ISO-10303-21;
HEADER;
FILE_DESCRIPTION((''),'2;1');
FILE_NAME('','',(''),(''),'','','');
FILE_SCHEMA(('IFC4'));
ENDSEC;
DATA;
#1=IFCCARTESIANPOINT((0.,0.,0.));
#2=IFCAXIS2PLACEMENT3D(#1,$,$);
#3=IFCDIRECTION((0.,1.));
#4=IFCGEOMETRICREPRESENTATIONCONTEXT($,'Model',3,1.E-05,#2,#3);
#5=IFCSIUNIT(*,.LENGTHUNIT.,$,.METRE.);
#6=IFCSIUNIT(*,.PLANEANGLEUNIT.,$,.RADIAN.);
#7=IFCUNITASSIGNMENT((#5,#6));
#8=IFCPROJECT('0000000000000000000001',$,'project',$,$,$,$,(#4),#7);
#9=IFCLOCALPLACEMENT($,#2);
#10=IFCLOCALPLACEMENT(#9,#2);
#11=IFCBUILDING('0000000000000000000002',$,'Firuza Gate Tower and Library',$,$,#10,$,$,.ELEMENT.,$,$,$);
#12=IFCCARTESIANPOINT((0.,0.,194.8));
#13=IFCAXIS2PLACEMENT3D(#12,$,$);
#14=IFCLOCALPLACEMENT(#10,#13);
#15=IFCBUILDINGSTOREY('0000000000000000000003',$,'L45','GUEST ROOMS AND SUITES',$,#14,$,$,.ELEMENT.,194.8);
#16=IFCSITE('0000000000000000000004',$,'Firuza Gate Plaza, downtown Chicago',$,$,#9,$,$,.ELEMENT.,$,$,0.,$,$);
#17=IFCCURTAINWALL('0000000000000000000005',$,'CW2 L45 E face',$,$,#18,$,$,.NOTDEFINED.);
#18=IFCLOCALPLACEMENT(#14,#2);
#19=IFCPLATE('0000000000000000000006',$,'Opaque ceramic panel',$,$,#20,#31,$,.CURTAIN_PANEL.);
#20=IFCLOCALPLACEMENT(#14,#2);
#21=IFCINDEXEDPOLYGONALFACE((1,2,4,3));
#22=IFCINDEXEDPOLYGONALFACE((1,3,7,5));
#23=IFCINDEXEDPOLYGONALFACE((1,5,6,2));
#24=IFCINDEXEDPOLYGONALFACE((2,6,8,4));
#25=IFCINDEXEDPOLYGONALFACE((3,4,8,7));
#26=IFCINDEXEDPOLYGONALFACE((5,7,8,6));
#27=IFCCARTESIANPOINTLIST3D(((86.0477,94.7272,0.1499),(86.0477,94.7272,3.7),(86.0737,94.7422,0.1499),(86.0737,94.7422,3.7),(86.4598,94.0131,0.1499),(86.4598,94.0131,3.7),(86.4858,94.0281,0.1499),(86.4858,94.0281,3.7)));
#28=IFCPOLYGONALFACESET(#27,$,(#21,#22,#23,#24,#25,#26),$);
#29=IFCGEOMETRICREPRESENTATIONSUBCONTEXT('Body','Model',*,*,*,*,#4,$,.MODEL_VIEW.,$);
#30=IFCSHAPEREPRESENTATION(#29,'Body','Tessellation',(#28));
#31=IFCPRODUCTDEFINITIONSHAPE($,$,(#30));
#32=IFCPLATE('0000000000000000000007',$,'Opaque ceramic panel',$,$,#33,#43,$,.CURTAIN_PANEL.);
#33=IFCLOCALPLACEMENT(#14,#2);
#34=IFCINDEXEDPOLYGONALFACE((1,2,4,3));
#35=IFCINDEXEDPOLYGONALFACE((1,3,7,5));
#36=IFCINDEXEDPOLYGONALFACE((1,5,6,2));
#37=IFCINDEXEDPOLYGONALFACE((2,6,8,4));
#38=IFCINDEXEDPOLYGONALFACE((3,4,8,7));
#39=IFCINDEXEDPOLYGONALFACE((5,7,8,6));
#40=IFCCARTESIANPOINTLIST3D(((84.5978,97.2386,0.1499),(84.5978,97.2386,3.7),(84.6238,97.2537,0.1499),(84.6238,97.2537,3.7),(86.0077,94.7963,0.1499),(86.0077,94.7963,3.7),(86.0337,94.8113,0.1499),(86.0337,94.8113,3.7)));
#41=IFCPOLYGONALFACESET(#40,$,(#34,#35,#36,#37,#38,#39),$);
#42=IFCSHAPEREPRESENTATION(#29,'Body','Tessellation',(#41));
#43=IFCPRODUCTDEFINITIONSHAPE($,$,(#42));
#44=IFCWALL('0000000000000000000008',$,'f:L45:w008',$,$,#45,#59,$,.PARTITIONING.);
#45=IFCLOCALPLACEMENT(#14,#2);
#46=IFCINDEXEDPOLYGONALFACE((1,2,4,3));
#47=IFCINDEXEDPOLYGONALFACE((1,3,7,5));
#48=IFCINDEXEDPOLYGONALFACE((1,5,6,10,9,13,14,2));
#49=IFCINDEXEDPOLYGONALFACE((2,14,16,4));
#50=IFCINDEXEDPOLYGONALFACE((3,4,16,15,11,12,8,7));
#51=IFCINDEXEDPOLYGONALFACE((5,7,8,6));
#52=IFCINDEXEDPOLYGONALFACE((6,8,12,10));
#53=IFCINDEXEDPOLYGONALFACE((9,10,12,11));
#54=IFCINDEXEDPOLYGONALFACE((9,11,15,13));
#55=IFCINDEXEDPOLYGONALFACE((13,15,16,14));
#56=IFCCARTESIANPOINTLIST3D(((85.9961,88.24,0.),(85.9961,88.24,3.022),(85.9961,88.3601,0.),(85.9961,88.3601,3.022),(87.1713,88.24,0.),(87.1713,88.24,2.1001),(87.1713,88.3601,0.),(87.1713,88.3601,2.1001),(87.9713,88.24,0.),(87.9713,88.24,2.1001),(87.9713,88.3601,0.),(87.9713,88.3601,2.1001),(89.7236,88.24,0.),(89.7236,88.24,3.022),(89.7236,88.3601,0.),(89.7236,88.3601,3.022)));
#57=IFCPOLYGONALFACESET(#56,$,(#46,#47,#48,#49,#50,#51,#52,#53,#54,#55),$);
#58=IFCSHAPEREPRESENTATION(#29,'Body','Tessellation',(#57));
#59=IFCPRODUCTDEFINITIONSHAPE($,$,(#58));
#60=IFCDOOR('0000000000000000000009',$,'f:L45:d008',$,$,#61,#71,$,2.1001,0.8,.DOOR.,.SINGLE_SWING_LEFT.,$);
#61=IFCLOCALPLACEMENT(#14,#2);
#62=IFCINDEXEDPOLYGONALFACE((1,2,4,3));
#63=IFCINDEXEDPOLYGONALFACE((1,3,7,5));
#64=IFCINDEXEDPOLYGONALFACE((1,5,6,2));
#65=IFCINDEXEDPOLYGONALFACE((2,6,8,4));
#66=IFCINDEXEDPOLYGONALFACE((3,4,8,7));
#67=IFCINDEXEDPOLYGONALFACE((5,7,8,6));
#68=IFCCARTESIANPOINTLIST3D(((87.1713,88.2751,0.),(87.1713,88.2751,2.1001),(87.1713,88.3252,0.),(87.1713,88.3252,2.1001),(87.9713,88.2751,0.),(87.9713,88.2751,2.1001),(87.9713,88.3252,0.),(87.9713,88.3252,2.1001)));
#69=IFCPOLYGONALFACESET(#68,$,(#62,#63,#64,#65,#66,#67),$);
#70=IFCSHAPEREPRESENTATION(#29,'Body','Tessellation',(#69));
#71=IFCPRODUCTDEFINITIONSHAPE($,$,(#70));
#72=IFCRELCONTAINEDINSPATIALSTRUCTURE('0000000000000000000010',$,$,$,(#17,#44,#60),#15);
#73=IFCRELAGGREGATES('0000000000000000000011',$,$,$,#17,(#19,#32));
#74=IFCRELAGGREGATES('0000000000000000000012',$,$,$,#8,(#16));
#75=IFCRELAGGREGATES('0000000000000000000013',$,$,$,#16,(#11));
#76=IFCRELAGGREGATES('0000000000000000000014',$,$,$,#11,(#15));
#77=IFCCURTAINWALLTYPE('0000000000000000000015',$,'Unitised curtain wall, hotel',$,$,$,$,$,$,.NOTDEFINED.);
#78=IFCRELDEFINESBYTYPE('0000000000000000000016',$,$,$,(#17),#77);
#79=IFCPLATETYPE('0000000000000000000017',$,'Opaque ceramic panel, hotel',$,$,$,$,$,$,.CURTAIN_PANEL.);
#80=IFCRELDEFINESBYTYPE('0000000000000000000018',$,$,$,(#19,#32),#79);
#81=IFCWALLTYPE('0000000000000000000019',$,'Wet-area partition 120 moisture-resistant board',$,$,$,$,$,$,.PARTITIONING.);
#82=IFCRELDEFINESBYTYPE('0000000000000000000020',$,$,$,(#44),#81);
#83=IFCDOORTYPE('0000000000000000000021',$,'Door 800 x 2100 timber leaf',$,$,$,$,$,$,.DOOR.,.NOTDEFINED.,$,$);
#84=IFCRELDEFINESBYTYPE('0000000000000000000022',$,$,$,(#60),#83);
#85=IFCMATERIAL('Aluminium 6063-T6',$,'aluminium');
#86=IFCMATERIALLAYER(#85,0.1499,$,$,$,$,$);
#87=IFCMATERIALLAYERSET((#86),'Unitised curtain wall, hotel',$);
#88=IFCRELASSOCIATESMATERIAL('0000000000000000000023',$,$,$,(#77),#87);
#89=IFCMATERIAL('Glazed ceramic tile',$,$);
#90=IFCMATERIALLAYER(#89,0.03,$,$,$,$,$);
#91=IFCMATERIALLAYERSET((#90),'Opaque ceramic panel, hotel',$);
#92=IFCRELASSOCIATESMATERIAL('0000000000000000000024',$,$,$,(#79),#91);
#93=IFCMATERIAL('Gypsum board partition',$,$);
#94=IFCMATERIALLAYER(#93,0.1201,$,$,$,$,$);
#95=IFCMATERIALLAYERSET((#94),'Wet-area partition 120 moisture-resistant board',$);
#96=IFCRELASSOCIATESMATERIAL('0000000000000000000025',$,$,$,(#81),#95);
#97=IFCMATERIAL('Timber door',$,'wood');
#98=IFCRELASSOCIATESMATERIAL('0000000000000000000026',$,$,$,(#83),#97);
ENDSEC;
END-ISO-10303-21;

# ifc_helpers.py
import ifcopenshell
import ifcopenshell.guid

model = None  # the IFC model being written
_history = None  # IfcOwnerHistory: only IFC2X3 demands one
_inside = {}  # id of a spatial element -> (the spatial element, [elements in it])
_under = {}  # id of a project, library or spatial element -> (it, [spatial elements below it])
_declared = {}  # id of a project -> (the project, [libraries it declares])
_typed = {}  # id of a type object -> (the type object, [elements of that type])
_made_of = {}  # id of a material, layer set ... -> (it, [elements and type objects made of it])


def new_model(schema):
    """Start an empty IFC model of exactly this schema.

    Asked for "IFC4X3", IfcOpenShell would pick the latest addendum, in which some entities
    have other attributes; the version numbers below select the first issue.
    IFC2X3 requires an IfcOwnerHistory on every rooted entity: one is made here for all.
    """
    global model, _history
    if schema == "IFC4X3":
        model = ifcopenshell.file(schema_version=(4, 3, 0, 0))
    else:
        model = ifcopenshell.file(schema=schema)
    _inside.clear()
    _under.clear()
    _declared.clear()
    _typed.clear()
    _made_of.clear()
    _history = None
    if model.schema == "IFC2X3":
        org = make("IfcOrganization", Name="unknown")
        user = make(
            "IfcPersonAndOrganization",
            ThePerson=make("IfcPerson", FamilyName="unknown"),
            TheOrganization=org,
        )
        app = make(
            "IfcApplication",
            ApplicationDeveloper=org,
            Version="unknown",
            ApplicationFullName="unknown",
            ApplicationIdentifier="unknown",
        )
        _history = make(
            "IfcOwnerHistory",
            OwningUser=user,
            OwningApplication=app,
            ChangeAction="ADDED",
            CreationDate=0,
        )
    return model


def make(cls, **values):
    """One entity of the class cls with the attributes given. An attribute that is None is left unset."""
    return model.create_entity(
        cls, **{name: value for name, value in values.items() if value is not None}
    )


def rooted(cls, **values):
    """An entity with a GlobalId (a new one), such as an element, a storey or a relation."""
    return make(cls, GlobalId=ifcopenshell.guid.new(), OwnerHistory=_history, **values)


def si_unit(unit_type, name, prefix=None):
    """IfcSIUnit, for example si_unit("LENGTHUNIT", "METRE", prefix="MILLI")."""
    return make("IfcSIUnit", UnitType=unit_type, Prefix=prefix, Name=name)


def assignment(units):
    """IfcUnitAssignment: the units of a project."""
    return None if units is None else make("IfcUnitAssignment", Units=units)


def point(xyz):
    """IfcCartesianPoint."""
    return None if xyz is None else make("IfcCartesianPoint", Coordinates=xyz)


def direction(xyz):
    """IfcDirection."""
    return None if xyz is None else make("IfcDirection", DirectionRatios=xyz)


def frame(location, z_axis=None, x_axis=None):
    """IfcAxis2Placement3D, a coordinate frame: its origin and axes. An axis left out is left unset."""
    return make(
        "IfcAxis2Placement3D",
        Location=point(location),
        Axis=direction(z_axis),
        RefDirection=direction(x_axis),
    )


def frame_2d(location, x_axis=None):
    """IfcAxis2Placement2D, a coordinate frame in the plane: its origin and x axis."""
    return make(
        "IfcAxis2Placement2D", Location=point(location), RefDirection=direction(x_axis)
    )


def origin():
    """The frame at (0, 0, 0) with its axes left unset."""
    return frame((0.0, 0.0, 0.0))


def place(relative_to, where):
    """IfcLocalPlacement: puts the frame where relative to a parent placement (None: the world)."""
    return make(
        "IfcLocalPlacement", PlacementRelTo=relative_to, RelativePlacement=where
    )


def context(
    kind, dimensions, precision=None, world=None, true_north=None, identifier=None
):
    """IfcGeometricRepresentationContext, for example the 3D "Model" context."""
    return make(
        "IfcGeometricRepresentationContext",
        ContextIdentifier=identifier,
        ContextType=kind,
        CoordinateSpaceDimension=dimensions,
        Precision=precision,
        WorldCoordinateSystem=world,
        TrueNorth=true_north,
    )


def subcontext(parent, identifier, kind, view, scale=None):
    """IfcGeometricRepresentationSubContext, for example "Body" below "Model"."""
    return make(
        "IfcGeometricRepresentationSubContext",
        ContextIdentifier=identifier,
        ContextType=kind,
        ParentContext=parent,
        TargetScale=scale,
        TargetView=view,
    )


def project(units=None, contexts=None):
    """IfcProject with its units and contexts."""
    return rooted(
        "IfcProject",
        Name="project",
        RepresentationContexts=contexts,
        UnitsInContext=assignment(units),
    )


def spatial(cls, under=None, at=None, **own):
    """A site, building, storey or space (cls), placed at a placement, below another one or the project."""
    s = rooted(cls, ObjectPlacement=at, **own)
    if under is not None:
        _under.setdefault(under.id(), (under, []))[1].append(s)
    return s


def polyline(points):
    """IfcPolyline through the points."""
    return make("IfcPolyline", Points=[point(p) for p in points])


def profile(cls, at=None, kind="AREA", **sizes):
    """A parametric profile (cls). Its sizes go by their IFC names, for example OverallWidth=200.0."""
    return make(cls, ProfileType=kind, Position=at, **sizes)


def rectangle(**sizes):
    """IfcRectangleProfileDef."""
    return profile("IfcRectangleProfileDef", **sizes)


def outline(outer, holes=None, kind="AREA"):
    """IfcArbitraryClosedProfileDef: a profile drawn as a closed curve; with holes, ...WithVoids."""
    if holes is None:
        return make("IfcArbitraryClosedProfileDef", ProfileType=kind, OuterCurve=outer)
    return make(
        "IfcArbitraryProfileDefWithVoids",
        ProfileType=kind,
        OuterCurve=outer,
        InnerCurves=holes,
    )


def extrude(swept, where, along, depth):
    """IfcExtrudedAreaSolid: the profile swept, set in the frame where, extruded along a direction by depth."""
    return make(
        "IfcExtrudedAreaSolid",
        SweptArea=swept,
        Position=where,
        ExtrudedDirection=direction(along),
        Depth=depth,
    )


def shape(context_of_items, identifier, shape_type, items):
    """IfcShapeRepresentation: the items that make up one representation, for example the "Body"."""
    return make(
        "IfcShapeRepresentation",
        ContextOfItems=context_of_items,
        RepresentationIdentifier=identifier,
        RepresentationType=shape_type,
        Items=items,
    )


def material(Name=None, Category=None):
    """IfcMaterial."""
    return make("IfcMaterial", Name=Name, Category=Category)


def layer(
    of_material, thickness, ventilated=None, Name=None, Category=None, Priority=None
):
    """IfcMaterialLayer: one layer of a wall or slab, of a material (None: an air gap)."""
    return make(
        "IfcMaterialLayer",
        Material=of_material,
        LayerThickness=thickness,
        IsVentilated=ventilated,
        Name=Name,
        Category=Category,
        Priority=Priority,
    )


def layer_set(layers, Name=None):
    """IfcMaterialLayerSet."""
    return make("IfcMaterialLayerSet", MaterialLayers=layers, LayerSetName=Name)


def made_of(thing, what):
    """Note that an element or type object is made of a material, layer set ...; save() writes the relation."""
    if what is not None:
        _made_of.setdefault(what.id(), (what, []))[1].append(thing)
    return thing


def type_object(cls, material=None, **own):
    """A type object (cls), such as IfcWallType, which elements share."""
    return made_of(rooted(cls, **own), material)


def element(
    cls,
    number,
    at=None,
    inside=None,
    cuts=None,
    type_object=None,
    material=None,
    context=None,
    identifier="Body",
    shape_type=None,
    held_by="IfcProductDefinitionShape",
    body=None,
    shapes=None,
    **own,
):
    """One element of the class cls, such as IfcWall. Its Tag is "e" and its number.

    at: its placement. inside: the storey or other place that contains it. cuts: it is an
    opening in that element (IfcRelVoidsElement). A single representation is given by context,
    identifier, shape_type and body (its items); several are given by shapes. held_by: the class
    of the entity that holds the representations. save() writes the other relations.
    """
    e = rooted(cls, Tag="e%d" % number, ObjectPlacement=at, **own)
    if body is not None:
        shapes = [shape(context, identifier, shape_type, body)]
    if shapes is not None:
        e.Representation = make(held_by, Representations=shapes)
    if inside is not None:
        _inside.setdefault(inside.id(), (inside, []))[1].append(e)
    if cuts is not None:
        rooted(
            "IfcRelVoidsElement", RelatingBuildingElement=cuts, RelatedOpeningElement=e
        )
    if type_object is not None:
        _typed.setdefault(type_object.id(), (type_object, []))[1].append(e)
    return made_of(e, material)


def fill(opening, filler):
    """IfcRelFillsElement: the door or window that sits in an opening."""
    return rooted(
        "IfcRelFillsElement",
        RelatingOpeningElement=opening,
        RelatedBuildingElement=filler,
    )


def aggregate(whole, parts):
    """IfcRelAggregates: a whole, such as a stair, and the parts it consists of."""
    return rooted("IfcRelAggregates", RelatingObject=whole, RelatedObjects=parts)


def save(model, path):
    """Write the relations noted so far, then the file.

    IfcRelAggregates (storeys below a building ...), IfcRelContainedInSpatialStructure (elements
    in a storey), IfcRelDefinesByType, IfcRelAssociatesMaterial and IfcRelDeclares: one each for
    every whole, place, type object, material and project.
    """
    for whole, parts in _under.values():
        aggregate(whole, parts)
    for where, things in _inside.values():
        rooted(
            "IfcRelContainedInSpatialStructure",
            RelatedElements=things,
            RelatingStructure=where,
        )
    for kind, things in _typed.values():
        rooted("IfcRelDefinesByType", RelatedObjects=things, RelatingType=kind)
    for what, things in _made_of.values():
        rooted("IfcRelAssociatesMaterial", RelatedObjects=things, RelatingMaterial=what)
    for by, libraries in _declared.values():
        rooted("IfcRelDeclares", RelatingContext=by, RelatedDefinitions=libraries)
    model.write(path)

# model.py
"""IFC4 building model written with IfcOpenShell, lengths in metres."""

from ifc_helpers import new_model, si_unit, direction, frame, frame_2d, origin, place, context, subcontext, project, spatial, polyline, rectangle, outline, extrude, material, layer, layer_set, type_object, element, fill, aggregate, save


model = new_model("IFC4")

# Units and contexts
model_context = context("Model", 3, precision=1e-05, world=origin(), true_north=direction((0.0, 1.0)))
body_context = subcontext(model_context, "Body", "Model", "MODEL_VIEW")
ifc_project = project(units=[si_unit("LENGTHUNIT", "METRE"), si_unit("PLANEANGLEUNIT", "RADIAN")], contexts=[model_context])

# Site, building, storey
site_placement = place(None, origin())
site = spatial("IfcSite", under=ifc_project, at=site_placement, Name="Firuza Gate Plaza, downtown Chicago", CompositionType="ELEMENT", RefElevation=0.0)
building_placement = place(site_placement, origin())
building = spatial("IfcBuilding", under=site, at=building_placement, Name="Firuza Gate Tower and Library", CompositionType="ELEMENT")
storey_placement = place(building_placement, frame((0.0, 0.0, 194.8)))
storey = spatial("IfcBuildingStorey", under=building, at=storey_placement, Name="L45", Description="GUEST ROOMS AND SUITES", CompositionType="ELEMENT", Elevation=194.8)

# Curtain wall
ifc_material_1 = material(Name="Aluminium 6063-T6", Category="aluminium")
ifc_layer_1 = layer(ifc_material_1, 0.1499)
ifc_layer_set_1 = layer_set([ifc_layer_1], Name="Unitised curtain wall, hotel")
curtain_wall_type = type_object("IfcCurtainWallType", Name="Unitised curtain wall, hotel", PredefinedType="NOTDEFINED", material=ifc_layer_set_1)
curtain_wall_placement = place(storey_placement, origin())
curtain_wall = element("IfcCurtainWall", 1, at=curtain_wall_placement, inside=storey, type_object=curtain_wall_type, Name="CW2 L45 E face", PredefinedType="NOTDEFINED")

# Plates
ifc_material_2 = material(Name="Glazed ceramic tile")
ifc_layer_2 = layer(ifc_material_2, 0.03)
ifc_layer_set_2 = layer_set([ifc_layer_2], Name="Opaque ceramic panel, hotel")
plate_type_1 = type_object("IfcPlateType", Name="Opaque ceramic panel, hotel", PredefinedType="CURTAIN_PANEL", material=ifc_layer_set_2)
plate_1_placement = place(storey_placement, frame((86.4858, 94.0281, 0.1499), z_axis=(0.866121, 0.499834, 0.0), x_axis=(-0.499834, 0.866121, 0.0)))
plate_1 = element("IfcPlate", 2, at=plate_1_placement, type_object=plate_type_1, Name="Opaque ceramic panel", PredefinedType="CURTAIN_PANEL", context=body_context, shape_type="SweptSolid", body=[
    extrude(outline(polyline([(0.0, 0.0), (0.8245, 0.0), (0.8245, 3.55), (0.0, 3.55), (0.0, 0.0)])), origin(), (0.0, 0.0, -1.0), 0.03),
])
plate_2_placement = place(storey_placement, frame((86.0337, 94.8113, 0.1499), z_axis=(0.866056, 0.499947, 0.0), x_axis=(-0.499947, 0.866056, 0.0)))
plate_2 = element("IfcPlate", 3, at=plate_2_placement, type_object=plate_type_1, Name="Opaque ceramic panel", PredefinedType="CURTAIN_PANEL", context=body_context, shape_type="SweptSolid", body=[
    extrude(outline(polyline([(0.0, 0.0), (2.8201, 0.0), (2.8201, 3.55), (0.0, 3.55), (0.0, 0.0)])), origin(), (0.0, 0.0, -1.0), 0.03),
])
aggregate(curtain_wall, [plate_1, plate_2])

# Wall, opening, door
ifc_material_3 = material(Name="Gypsum board partition")
ifc_layer_3 = layer(ifc_material_3, 0.1201)
ifc_layer_set_3 = layer_set([ifc_layer_3], Name="Wet-area partition 120 moisture-resistant board")
wall_type = type_object("IfcWallType", Name="Wet-area partition 120 moisture-resistant board", PredefinedType="PARTITIONING", material=ifc_layer_set_3)
wall_placement = place(storey_placement, frame((89.7236, 88.3, 0.0), z_axis=(0.0, 0.0, 1.0), x_axis=(-1.0, 0.0, 0.0)))
wall = element("IfcWall", 4, at=wall_placement, inside=storey, type_object=wall_type, Name="f:L45:w008", PredefinedType="PARTITIONING", context=body_context, shape_type="SweptSolid", body=[
    extrude(rectangle(XDim=3.7275, YDim=0.1201, at=frame_2d((1.8638, 0.0))), origin(), (0.0, 0.0, 1.0), 3.022),
])
opening_placement = place(wall_placement, frame((1.7524, 0.0, 0.0)))
opening = element("IfcOpeningElement", 5, at=opening_placement, cuts=wall, PredefinedType="OPENING", context=body_context, shape_type="SweptSolid", body=[
    extrude(rectangle(XDim=0.8, YDim=2.1001, at=frame_2d((0.3999, 1.05))), frame((0.0, 0.0701, 0.0), z_axis=(0.0, -1.0, 0.0), x_axis=(1.0, 0.0, 0.0)), (0.0, 0.0, 1.0), 0.1401),
])
ifc_material_4 = material(Name="Timber door", Category="wood")
door_type = type_object("IfcDoorType", Name="Door 800 x 2100 timber leaf", OperationType="NOTDEFINED", PredefinedType="DOOR", material=ifc_material_4)
door_placement = place(opening_placement, origin())
door = element("IfcDoor", 6, at=door_placement, inside=storey, type_object=door_type, Name="f:L45:d008", OperationType="SINGLE_SWING_LEFT", OverallHeight=2.1001, OverallWidth=0.8, PredefinedType="DOOR", context=body_context, shape_type="SweptSolid", body=[
    extrude(rectangle(XDim=0.8, YDim=2.1001, at=frame_2d((0.3999, 1.05))), frame((0.0, 0.0249, 0.0), z_axis=(0.0, -1.0, 0.0), x_axis=(1.0, 0.0, 0.0)), (0.0, 0.0, 1.0), 0.05),
])
fill(opening, door)

save(model, "model.ifc")
